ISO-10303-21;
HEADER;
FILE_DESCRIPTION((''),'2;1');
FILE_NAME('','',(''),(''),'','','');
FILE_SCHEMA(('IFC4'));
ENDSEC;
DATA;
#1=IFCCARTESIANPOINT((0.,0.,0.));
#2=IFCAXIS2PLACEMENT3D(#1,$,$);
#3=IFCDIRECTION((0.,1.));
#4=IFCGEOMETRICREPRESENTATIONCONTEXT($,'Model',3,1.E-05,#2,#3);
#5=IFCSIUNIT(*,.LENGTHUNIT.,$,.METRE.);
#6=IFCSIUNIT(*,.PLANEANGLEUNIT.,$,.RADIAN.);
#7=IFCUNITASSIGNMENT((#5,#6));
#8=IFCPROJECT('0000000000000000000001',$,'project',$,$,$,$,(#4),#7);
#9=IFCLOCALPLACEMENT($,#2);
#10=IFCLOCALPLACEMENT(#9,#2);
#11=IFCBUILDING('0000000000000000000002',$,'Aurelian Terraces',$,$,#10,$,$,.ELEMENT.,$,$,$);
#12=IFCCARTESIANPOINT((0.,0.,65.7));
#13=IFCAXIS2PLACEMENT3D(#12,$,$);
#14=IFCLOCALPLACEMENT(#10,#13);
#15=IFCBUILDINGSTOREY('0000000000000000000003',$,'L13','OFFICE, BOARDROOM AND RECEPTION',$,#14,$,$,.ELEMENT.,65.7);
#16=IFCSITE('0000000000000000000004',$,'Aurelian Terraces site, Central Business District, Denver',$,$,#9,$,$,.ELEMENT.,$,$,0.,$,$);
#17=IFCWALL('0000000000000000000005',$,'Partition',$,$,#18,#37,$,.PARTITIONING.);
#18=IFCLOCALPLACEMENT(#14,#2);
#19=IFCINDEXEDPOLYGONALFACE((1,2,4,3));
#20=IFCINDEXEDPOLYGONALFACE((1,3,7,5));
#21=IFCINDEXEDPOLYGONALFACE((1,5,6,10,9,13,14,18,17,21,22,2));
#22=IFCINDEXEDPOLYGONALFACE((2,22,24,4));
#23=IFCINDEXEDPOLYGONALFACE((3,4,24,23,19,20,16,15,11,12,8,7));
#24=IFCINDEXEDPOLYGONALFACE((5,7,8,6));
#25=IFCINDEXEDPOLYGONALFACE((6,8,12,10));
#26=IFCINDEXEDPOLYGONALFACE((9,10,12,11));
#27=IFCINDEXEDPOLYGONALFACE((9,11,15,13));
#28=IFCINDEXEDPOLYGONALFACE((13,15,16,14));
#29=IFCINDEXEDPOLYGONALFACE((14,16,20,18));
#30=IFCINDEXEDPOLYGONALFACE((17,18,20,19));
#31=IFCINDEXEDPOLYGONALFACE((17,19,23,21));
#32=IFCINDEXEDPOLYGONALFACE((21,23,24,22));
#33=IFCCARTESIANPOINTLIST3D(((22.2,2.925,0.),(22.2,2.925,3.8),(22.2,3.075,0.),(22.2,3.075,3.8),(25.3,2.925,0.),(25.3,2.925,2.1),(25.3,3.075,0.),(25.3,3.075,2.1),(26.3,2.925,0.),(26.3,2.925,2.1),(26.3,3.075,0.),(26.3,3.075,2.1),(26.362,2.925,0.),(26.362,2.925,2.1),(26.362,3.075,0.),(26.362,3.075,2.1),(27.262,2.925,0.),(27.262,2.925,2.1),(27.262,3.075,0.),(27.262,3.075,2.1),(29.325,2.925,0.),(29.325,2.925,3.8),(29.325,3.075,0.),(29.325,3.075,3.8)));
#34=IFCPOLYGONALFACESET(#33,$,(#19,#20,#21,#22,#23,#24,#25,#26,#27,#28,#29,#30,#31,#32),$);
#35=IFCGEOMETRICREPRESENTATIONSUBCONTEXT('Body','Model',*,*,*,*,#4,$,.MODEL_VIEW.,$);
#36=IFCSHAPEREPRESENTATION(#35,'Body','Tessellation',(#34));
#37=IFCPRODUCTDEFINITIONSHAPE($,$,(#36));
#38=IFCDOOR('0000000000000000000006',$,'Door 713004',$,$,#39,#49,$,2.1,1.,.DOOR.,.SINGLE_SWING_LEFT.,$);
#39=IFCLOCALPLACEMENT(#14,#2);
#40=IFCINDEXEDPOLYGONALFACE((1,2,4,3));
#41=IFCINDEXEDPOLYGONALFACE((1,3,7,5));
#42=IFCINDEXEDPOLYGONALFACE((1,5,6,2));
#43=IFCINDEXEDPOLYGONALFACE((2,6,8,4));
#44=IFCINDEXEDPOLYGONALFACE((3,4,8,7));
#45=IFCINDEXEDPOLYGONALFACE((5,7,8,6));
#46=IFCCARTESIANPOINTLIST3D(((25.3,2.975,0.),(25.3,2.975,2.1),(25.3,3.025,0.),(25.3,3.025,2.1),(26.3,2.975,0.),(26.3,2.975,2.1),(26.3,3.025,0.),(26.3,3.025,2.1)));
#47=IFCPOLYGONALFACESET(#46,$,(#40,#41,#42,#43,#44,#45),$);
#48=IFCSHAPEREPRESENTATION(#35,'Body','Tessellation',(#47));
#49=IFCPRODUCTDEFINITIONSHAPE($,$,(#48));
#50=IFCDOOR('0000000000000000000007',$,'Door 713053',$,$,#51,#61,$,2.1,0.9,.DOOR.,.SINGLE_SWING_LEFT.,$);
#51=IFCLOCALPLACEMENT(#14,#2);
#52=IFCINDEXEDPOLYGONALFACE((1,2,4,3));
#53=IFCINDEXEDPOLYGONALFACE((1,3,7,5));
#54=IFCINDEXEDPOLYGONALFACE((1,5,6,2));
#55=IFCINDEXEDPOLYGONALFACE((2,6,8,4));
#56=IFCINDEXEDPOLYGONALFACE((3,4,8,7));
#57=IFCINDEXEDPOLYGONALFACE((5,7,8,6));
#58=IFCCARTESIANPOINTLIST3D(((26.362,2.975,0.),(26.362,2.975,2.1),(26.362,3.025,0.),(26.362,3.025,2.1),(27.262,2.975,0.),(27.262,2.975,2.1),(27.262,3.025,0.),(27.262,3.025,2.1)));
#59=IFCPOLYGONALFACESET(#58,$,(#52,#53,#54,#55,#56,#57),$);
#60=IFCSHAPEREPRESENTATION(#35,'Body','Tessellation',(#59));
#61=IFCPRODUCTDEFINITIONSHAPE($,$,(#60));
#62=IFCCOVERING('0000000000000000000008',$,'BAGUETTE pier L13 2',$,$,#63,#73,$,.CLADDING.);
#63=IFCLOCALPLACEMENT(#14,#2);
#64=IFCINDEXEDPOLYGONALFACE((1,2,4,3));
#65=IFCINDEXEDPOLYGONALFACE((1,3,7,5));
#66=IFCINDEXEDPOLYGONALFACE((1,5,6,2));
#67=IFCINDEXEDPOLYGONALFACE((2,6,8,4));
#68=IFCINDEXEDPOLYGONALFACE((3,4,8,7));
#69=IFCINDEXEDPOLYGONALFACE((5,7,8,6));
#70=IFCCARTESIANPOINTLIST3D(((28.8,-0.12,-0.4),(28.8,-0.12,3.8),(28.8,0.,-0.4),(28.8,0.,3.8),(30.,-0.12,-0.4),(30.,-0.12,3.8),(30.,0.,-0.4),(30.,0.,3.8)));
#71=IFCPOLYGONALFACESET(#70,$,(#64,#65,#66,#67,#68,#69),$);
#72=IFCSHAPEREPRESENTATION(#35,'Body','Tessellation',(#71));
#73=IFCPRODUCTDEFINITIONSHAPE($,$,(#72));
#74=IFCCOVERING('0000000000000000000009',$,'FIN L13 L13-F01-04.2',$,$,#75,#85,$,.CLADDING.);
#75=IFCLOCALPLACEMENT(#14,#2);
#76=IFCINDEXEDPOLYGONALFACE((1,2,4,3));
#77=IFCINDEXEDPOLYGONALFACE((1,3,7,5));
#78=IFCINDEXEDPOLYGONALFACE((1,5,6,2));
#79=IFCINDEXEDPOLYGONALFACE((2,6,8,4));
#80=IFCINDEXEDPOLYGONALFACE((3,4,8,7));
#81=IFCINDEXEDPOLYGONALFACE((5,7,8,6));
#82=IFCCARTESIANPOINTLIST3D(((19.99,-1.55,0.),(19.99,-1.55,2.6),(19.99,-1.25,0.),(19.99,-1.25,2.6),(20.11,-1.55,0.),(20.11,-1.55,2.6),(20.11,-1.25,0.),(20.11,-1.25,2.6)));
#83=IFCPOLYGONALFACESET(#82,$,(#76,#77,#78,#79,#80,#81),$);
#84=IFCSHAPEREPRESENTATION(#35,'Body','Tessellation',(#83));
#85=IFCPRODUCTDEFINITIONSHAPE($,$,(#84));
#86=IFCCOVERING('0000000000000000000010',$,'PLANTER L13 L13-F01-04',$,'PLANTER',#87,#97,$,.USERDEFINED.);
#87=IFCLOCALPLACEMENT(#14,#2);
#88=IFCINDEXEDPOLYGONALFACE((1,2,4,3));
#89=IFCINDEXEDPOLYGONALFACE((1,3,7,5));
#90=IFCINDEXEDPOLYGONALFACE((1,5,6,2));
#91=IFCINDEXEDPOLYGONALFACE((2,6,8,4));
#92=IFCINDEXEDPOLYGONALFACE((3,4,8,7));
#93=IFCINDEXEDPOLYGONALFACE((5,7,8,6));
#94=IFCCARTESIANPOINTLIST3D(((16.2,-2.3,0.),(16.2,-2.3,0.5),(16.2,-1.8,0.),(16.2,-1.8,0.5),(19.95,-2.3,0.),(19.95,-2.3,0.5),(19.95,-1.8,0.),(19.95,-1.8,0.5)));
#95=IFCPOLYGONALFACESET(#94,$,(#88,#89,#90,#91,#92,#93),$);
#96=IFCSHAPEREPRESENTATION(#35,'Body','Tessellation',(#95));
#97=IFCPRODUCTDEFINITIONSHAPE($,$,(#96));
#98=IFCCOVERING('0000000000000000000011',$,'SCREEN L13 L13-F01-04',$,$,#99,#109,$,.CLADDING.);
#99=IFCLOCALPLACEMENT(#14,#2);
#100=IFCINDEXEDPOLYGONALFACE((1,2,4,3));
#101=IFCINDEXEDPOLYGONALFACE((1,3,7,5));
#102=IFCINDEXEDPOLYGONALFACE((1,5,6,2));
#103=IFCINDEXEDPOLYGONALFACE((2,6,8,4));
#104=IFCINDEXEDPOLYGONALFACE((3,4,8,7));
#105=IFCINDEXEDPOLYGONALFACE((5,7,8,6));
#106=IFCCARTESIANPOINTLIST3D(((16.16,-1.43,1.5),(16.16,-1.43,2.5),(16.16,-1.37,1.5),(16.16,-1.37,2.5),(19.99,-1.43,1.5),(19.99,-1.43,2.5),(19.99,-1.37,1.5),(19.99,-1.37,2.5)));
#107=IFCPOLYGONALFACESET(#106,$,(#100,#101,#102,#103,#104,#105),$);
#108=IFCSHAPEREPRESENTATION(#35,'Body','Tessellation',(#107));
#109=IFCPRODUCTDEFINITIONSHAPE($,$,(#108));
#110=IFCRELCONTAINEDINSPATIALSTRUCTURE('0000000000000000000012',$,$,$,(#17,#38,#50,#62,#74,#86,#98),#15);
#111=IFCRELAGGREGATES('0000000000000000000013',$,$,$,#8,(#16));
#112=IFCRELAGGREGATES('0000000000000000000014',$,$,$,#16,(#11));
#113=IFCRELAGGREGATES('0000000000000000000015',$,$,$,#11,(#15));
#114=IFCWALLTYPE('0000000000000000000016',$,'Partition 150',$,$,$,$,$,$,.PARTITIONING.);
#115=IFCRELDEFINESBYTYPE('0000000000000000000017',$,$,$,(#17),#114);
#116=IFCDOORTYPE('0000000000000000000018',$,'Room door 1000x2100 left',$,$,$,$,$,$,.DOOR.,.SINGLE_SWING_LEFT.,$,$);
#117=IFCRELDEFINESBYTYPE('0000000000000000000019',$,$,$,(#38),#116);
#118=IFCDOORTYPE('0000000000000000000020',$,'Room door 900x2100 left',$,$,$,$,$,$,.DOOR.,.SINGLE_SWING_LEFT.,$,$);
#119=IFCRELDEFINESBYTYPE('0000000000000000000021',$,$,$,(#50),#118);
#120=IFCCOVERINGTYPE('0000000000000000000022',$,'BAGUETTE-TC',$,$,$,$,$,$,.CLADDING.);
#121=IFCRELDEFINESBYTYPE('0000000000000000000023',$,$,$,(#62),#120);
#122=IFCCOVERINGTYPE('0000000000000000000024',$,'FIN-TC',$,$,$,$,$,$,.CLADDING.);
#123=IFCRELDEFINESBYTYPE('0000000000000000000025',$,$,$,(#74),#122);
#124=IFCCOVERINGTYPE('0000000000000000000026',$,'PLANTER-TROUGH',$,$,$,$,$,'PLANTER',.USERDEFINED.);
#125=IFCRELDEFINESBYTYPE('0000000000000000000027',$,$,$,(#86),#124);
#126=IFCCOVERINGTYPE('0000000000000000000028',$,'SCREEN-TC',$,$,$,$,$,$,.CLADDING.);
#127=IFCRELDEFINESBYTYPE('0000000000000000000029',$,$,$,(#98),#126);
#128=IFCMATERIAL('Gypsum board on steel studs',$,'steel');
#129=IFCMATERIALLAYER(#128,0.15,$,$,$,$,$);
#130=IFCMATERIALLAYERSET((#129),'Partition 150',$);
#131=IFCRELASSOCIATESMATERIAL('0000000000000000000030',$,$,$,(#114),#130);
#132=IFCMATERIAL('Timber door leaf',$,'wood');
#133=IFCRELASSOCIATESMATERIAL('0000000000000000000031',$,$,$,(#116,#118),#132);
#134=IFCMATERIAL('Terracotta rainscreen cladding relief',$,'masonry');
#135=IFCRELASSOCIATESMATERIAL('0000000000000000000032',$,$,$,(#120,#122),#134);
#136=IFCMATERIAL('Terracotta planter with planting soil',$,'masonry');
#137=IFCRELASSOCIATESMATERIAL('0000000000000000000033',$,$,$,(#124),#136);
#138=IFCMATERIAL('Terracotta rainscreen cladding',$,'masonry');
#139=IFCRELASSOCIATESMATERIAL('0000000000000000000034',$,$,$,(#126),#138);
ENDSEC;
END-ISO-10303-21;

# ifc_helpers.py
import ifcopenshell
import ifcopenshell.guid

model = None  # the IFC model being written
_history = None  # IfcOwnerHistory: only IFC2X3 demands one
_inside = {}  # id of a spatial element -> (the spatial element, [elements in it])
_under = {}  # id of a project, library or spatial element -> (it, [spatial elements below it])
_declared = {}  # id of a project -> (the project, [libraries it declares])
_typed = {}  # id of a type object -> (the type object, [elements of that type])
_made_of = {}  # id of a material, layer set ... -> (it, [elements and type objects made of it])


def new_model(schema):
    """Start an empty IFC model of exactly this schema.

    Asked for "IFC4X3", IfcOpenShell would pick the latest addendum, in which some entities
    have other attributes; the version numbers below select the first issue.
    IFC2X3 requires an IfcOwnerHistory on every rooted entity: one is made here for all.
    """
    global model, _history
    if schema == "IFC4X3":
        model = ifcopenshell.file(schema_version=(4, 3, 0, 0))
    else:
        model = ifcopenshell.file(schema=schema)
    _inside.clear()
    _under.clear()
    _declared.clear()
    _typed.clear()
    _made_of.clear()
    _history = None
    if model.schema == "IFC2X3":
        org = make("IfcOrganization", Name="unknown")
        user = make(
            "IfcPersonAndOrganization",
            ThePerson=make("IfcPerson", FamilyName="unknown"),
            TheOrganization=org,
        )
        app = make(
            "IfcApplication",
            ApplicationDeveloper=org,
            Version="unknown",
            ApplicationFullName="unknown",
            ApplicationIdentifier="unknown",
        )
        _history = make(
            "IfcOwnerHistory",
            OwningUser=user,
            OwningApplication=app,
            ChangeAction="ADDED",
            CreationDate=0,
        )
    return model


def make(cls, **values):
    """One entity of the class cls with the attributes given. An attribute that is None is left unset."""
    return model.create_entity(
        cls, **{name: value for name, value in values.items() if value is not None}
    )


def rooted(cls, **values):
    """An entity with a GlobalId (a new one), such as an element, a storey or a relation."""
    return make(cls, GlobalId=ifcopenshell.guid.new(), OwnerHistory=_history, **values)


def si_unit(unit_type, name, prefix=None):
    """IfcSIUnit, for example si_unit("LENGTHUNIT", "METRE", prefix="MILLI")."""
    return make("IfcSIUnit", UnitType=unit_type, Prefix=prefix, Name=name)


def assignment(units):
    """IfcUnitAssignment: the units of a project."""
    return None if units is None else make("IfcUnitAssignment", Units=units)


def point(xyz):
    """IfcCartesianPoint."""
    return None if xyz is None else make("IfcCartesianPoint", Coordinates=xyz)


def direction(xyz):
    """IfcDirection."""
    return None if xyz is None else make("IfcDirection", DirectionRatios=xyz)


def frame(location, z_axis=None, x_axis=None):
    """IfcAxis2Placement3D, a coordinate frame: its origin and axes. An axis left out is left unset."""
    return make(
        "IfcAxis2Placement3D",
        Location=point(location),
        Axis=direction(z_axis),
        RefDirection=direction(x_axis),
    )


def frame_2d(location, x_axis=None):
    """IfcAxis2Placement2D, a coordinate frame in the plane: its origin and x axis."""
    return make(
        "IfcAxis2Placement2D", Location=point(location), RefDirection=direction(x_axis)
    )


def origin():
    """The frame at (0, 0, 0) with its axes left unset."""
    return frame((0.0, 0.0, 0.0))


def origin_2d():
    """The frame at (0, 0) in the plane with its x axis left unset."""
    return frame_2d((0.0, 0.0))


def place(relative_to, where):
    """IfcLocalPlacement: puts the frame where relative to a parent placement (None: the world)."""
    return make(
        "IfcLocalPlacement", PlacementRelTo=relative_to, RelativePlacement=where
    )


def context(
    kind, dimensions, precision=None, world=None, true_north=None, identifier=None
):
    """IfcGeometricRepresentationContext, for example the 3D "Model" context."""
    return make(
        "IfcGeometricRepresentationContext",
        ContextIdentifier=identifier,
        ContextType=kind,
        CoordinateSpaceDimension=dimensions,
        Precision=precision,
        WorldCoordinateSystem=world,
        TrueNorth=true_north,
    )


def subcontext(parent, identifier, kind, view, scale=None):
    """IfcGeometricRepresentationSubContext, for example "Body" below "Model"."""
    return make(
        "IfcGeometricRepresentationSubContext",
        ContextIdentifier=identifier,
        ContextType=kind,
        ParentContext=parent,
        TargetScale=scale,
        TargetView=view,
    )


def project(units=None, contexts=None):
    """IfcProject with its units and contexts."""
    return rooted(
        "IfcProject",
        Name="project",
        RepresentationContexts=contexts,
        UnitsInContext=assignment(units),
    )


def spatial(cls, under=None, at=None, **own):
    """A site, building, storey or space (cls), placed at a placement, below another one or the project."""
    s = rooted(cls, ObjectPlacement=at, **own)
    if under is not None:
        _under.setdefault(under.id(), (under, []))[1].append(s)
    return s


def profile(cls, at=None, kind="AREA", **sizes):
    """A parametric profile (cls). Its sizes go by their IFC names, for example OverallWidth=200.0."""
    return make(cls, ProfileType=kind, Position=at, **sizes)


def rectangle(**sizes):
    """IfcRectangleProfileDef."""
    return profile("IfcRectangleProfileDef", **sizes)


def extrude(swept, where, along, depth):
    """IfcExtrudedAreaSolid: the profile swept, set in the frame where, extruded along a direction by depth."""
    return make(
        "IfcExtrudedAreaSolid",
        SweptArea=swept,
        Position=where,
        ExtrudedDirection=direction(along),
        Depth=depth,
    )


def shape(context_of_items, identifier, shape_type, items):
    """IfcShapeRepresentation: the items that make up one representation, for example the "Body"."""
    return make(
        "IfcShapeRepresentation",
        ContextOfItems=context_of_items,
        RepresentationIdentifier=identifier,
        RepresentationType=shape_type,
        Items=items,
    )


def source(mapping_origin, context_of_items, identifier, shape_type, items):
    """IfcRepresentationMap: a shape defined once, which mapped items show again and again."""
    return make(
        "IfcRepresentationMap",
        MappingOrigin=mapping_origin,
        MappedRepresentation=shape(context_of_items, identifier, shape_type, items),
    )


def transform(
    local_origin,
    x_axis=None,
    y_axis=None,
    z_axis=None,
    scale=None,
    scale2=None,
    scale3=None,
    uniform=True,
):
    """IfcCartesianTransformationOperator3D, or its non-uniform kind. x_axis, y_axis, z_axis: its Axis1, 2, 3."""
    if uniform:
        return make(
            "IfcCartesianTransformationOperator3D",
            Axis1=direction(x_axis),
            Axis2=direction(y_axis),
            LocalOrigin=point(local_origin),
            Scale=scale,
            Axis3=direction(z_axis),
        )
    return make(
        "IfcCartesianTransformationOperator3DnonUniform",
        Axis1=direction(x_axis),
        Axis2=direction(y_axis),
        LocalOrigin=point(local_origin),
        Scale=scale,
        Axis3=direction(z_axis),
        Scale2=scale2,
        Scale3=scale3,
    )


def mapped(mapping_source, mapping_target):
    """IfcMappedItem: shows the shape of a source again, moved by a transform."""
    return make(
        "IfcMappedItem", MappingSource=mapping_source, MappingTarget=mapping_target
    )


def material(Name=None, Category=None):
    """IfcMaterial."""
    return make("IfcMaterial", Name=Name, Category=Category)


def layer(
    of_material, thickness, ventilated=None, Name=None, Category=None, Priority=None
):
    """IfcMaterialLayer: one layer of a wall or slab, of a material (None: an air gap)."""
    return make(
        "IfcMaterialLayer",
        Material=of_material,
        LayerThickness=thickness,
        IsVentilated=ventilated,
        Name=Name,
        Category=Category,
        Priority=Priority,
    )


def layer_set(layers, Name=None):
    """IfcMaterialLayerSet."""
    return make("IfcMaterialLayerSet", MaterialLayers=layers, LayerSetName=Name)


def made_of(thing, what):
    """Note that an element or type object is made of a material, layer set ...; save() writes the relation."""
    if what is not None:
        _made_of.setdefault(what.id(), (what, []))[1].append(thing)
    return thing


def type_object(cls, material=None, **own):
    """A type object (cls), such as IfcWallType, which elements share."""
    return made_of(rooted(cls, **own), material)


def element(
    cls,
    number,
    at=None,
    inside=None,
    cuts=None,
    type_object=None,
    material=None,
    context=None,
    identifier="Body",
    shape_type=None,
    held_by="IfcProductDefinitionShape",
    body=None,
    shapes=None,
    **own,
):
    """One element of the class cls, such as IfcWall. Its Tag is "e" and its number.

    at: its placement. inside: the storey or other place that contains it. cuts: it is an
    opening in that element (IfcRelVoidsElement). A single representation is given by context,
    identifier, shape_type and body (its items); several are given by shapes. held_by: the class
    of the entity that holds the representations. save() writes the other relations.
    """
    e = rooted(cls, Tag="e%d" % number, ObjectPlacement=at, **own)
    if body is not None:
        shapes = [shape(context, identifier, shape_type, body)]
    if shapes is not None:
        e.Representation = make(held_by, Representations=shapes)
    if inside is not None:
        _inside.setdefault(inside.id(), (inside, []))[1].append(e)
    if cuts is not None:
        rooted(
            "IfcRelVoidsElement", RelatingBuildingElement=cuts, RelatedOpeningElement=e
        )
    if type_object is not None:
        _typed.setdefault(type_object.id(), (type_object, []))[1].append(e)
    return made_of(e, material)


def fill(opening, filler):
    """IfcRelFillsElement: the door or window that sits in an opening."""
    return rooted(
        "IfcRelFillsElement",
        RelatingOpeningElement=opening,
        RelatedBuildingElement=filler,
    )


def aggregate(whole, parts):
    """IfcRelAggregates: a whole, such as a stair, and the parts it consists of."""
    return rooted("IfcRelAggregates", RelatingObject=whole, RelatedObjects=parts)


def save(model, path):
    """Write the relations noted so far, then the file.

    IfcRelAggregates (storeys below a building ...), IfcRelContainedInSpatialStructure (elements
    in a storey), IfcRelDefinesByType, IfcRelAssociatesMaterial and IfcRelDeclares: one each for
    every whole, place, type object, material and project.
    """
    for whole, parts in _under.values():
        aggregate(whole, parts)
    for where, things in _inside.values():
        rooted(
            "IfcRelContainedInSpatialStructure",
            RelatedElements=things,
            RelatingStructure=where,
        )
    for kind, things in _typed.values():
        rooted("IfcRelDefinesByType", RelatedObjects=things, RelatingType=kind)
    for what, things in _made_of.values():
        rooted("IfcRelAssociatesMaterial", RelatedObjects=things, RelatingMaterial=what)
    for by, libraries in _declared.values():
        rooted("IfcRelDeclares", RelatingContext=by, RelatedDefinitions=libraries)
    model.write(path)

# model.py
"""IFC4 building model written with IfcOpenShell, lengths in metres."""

from ifc_helpers import new_model, si_unit, direction, frame, frame_2d, origin, origin_2d, place, context, subcontext, project, spatial, rectangle, extrude, source, transform, mapped, material, layer, layer_set, type_object, element, fill, save


model = new_model("IFC4")

# Units and contexts
model_context = context("Model", 3, precision=1e-05, world=origin(), true_north=direction((0.0, 1.0)))
body_context = subcontext(model_context, "Body", "Model", "MODEL_VIEW")
ifc_project = project(units=[si_unit("LENGTHUNIT", "METRE"), si_unit("PLANEANGLEUNIT", "RADIAN")], contexts=[model_context])

# Site, building, storey
site_placement = place(None, origin())
site = spatial("IfcSite", under=ifc_project, at=site_placement, Name="Aurelian Terraces site, Central Business District, Denver", CompositionType="ELEMENT", RefElevation=0.0)
building_placement = place(site_placement, origin())
building = spatial("IfcBuilding", under=site, at=building_placement, Name="Aurelian Terraces", CompositionType="ELEMENT")
storey_placement = place(building_placement, frame((0.0, 0.0, 65.7)))
storey = spatial("IfcBuildingStorey", under=building, at=storey_placement, Name="L13", Description="OFFICE, BOARDROOM AND RECEPTION", CompositionType="ELEMENT", Elevation=65.7)

# Shared definitions
ifc_material_1 = material(Name="Gypsum board on steel studs", Category="steel")
ifc_layer_1 = layer(ifc_material_1, 0.15)
ifc_layer_set_1 = layer_set([ifc_layer_1], Name="Partition 150")
wall_type_1 = type_object("IfcWallType", Name="Partition 150", PredefinedType="PARTITIONING", material=ifc_layer_set_1)

# Shared definitions
ifc_material_2 = material(Name="Terracotta rainscreen cladding", Category="masonry")
ifc_material_3 = material(Name="Timber door leaf", Category="wood")
door_type_1 = type_object("IfcDoorType", Name="Room door 1000x2100 left", OperationType="SINGLE_SWING_LEFT", PredefinedType="DOOR", material=ifc_material_3)
shared_shape_1 = source(origin(), body_context, "Body", "SweptSolid", [
    extrude(rectangle(XDim=1.0, YDim=2.1, at=frame_2d((0.5, 1.05))), frame((0.0, 0.025, 0.0), z_axis=(0.0, -1.0, 0.0), x_axis=(1.0, 0.0, 0.0)), (0.0, 0.0, 1.0), 0.05),
])

# Wall, openings, doors
shared_shape_2 = source(origin(), body_context, "Body", "SweptSolid", [
    extrude(rectangle(XDim=7.125, YDim=0.15, at=frame_2d((3.5625, 0.0))), origin(), (0.0, 0.0, 1.0), 3.8),
])
wall_1_placement = place(storey_placement, frame((22.2, 3.0, 0.0), z_axis=(0.0, 0.0, 1.0), x_axis=(1.0, 0.0, 0.0)))
wall_1 = element("IfcWall", 1, at=wall_1_placement, inside=storey, type_object=wall_type_1, Name="Partition", PredefinedType="PARTITIONING", context=body_context, shape_type="MappedRepresentation", body=[
    mapped(shared_shape_2, transform((0.0, 0.0, 0.0), scale=1.0)),
])
shared_shape_3 = source(origin(), body_context, "Body", "SweptSolid", [
    extrude(rectangle(XDim=1.0, YDim=2.1, at=frame_2d((0.5, 1.05))), frame((0.0, 0.085, 0.0), z_axis=(0.0, -1.0, 0.0), x_axis=(1.0, 0.0, 0.0)), (0.0, 0.0, 1.0), 0.17),
])
opening_1_placement = place(wall_1_placement, frame((3.1, 0.0, 0.0)))
opening_1 = element("IfcOpeningElement", 2, at=opening_1_placement, cuts=wall_1, PredefinedType="OPENING", context=body_context, shape_type="MappedRepresentation", body=[
    mapped(shared_shape_3, transform((0.0, 0.0, 0.0), scale=1.0)),
])
shared_shape_4 = source(origin(), body_context, "Body", "SweptSolid", [
    extrude(rectangle(XDim=0.9, YDim=2.1, at=frame_2d((0.45, 1.05))), frame((0.0, 0.085, 0.0), z_axis=(0.0, -1.0, 0.0), x_axis=(1.0, 0.0, 0.0)), (0.0, 0.0, 1.0), 0.17),
])
opening_2_placement = place(wall_1_placement, frame((4.162, 0.0, 0.0)))
opening_2 = element("IfcOpeningElement", 3, at=opening_2_placement, cuts=wall_1, PredefinedType="OPENING", context=body_context, shape_type="MappedRepresentation", body=[
    mapped(shared_shape_4, transform((0.0, 0.0, 0.0), scale=1.0)),
])
door_1_placement = place(opening_1_placement, origin())
door_1 = element("IfcDoor", 4, at=door_1_placement, inside=storey, type_object=door_type_1, Name="Door 713004", OperationType="SINGLE_SWING_LEFT", OverallHeight=2.1, OverallWidth=1.0, PredefinedType="DOOR", context=body_context, shape_type="MappedRepresentation", body=[
    mapped(shared_shape_1, transform((0.0, 0.0, 0.0), scale=1.0)),
])
fill(opening_1, door_1)
door_type_2 = type_object("IfcDoorType", Name="Room door 900x2100 left", OperationType="SINGLE_SWING_LEFT", PredefinedType="DOOR", material=ifc_material_3)
shared_shape_5 = source(origin(), body_context, "Body", "SweptSolid", [
    extrude(rectangle(XDim=0.9, YDim=2.1, at=frame_2d((0.45, 1.05))), frame((0.0, 0.025, 0.0), z_axis=(0.0, -1.0, 0.0), x_axis=(1.0, 0.0, 0.0)), (0.0, 0.0, 1.0), 0.05),
])
door_2_placement = place(opening_2_placement, origin())
door_2 = element("IfcDoor", 5, at=door_2_placement, inside=storey, type_object=door_type_2, Name="Door 713053", OperationType="SINGLE_SWING_LEFT", OverallHeight=2.1, OverallWidth=0.9, PredefinedType="DOOR", context=body_context, shape_type="MappedRepresentation", body=[
    mapped(shared_shape_5, transform((0.0, 0.0, 0.0), scale=1.0)),
])
fill(opening_2, door_2)

# Coverings
ifc_material_4 = material(Name="Terracotta rainscreen cladding relief", Category="masonry")
covering_type_1 = type_object("IfcCoveringType", Name="BAGUETTE-TC", PredefinedType="CLADDING", material=ifc_material_4)
shared_shape_6 = source(origin(), body_context, "Body", "SweptSolid", [
    extrude(rectangle(XDim=1.2, YDim=0.12, at=origin_2d()), origin(), (0.0, 0.0, 1.0), 4.2),
])
covering_1_placement = place(storey_placement, frame((29.4, -0.06, -0.4), z_axis=(0.0, 0.0, 1.0), x_axis=(1.0, 0.0, 0.0)))
element("IfcCovering", 6, at=covering_1_placement, inside=storey, type_object=covering_type_1, Name="BAGUETTE pier L13 2", PredefinedType="CLADDING", context=body_context, shape_type="MappedRepresentation", body=[
    mapped(shared_shape_6, transform((0.0, 0.0, 0.0), scale=1.0)),
])
covering_type_2 = type_object("IfcCoveringType", Name="FIN-TC", PredefinedType="CLADDING", material=ifc_material_4)
shared_shape_7 = source(origin(), body_context, "Body", "SweptSolid", [
    extrude(rectangle(XDim=0.12, YDim=0.3, at=origin_2d()), origin(), (0.0, 0.0, 1.0), 2.6),
])
covering_2_placement = place(storey_placement, frame((20.05, -1.4, 0.0), z_axis=(0.0, 0.0, 1.0), x_axis=(1.0, 0.0, 0.0)))
element("IfcCovering", 7, at=covering_2_placement, inside=storey, type_object=covering_type_2, Name="FIN L13 L13-F01-04.2", PredefinedType="CLADDING", context=body_context, shape_type="MappedRepresentation", body=[
    mapped(shared_shape_7, transform((0.0, 0.0, 0.0), scale=1.0)),
])
ifc_material_5 = material(Name="Terracotta planter with planting soil", Category="masonry")
covering_type_3 = type_object("IfcCoveringType", Name="PLANTER-TROUGH", ElementType="PLANTER", PredefinedType="USERDEFINED", material=ifc_material_5)
shared_shape_8 = source(origin(), body_context, "Body", "SweptSolid", [
    extrude(rectangle(XDim=3.75, YDim=0.5, at=origin_2d()), origin(), (0.0, 0.0, 1.0), 0.5),
])
covering_3_placement = place(storey_placement, frame((18.075, -2.05, 0.0), z_axis=(0.0, 0.0, 1.0), x_axis=(1.0, 0.0, 0.0)))
element("IfcCovering", 8, at=covering_3_placement, inside=storey, type_object=covering_type_3, Name="PLANTER L13 L13-F01-04", ObjectType="PLANTER", PredefinedType="USERDEFINED", context=body_context, shape_type="MappedRepresentation", body=[
    mapped(shared_shape_8, transform((0.0, 0.0, 0.0), scale=1.0)),
])
covering_type_4 = type_object("IfcCoveringType", Name="SCREEN-TC", PredefinedType="CLADDING", material=ifc_material_2)
shared_shape_9 = source(origin(), body_context, "Body", "SweptSolid", [
    extrude(rectangle(XDim=3.83, YDim=0.06, at=origin_2d()), origin(), (0.0, 0.0, 1.0), 1.0),
])
covering_4_placement = place(storey_placement, frame((18.075, -1.4, 1.5), z_axis=(0.0, 0.0, 1.0), x_axis=(1.0, 0.0, 0.0)))
element("IfcCovering", 9, at=covering_4_placement, inside=storey, type_object=covering_type_4, Name="SCREEN L13 L13-F01-04", PredefinedType="CLADDING", context=body_context, shape_type="MappedRepresentation", body=[
    mapped(shared_shape_9, transform((0.0, 0.0, 0.0), scale=1.0)),
])

save(model, "model.ifc")
